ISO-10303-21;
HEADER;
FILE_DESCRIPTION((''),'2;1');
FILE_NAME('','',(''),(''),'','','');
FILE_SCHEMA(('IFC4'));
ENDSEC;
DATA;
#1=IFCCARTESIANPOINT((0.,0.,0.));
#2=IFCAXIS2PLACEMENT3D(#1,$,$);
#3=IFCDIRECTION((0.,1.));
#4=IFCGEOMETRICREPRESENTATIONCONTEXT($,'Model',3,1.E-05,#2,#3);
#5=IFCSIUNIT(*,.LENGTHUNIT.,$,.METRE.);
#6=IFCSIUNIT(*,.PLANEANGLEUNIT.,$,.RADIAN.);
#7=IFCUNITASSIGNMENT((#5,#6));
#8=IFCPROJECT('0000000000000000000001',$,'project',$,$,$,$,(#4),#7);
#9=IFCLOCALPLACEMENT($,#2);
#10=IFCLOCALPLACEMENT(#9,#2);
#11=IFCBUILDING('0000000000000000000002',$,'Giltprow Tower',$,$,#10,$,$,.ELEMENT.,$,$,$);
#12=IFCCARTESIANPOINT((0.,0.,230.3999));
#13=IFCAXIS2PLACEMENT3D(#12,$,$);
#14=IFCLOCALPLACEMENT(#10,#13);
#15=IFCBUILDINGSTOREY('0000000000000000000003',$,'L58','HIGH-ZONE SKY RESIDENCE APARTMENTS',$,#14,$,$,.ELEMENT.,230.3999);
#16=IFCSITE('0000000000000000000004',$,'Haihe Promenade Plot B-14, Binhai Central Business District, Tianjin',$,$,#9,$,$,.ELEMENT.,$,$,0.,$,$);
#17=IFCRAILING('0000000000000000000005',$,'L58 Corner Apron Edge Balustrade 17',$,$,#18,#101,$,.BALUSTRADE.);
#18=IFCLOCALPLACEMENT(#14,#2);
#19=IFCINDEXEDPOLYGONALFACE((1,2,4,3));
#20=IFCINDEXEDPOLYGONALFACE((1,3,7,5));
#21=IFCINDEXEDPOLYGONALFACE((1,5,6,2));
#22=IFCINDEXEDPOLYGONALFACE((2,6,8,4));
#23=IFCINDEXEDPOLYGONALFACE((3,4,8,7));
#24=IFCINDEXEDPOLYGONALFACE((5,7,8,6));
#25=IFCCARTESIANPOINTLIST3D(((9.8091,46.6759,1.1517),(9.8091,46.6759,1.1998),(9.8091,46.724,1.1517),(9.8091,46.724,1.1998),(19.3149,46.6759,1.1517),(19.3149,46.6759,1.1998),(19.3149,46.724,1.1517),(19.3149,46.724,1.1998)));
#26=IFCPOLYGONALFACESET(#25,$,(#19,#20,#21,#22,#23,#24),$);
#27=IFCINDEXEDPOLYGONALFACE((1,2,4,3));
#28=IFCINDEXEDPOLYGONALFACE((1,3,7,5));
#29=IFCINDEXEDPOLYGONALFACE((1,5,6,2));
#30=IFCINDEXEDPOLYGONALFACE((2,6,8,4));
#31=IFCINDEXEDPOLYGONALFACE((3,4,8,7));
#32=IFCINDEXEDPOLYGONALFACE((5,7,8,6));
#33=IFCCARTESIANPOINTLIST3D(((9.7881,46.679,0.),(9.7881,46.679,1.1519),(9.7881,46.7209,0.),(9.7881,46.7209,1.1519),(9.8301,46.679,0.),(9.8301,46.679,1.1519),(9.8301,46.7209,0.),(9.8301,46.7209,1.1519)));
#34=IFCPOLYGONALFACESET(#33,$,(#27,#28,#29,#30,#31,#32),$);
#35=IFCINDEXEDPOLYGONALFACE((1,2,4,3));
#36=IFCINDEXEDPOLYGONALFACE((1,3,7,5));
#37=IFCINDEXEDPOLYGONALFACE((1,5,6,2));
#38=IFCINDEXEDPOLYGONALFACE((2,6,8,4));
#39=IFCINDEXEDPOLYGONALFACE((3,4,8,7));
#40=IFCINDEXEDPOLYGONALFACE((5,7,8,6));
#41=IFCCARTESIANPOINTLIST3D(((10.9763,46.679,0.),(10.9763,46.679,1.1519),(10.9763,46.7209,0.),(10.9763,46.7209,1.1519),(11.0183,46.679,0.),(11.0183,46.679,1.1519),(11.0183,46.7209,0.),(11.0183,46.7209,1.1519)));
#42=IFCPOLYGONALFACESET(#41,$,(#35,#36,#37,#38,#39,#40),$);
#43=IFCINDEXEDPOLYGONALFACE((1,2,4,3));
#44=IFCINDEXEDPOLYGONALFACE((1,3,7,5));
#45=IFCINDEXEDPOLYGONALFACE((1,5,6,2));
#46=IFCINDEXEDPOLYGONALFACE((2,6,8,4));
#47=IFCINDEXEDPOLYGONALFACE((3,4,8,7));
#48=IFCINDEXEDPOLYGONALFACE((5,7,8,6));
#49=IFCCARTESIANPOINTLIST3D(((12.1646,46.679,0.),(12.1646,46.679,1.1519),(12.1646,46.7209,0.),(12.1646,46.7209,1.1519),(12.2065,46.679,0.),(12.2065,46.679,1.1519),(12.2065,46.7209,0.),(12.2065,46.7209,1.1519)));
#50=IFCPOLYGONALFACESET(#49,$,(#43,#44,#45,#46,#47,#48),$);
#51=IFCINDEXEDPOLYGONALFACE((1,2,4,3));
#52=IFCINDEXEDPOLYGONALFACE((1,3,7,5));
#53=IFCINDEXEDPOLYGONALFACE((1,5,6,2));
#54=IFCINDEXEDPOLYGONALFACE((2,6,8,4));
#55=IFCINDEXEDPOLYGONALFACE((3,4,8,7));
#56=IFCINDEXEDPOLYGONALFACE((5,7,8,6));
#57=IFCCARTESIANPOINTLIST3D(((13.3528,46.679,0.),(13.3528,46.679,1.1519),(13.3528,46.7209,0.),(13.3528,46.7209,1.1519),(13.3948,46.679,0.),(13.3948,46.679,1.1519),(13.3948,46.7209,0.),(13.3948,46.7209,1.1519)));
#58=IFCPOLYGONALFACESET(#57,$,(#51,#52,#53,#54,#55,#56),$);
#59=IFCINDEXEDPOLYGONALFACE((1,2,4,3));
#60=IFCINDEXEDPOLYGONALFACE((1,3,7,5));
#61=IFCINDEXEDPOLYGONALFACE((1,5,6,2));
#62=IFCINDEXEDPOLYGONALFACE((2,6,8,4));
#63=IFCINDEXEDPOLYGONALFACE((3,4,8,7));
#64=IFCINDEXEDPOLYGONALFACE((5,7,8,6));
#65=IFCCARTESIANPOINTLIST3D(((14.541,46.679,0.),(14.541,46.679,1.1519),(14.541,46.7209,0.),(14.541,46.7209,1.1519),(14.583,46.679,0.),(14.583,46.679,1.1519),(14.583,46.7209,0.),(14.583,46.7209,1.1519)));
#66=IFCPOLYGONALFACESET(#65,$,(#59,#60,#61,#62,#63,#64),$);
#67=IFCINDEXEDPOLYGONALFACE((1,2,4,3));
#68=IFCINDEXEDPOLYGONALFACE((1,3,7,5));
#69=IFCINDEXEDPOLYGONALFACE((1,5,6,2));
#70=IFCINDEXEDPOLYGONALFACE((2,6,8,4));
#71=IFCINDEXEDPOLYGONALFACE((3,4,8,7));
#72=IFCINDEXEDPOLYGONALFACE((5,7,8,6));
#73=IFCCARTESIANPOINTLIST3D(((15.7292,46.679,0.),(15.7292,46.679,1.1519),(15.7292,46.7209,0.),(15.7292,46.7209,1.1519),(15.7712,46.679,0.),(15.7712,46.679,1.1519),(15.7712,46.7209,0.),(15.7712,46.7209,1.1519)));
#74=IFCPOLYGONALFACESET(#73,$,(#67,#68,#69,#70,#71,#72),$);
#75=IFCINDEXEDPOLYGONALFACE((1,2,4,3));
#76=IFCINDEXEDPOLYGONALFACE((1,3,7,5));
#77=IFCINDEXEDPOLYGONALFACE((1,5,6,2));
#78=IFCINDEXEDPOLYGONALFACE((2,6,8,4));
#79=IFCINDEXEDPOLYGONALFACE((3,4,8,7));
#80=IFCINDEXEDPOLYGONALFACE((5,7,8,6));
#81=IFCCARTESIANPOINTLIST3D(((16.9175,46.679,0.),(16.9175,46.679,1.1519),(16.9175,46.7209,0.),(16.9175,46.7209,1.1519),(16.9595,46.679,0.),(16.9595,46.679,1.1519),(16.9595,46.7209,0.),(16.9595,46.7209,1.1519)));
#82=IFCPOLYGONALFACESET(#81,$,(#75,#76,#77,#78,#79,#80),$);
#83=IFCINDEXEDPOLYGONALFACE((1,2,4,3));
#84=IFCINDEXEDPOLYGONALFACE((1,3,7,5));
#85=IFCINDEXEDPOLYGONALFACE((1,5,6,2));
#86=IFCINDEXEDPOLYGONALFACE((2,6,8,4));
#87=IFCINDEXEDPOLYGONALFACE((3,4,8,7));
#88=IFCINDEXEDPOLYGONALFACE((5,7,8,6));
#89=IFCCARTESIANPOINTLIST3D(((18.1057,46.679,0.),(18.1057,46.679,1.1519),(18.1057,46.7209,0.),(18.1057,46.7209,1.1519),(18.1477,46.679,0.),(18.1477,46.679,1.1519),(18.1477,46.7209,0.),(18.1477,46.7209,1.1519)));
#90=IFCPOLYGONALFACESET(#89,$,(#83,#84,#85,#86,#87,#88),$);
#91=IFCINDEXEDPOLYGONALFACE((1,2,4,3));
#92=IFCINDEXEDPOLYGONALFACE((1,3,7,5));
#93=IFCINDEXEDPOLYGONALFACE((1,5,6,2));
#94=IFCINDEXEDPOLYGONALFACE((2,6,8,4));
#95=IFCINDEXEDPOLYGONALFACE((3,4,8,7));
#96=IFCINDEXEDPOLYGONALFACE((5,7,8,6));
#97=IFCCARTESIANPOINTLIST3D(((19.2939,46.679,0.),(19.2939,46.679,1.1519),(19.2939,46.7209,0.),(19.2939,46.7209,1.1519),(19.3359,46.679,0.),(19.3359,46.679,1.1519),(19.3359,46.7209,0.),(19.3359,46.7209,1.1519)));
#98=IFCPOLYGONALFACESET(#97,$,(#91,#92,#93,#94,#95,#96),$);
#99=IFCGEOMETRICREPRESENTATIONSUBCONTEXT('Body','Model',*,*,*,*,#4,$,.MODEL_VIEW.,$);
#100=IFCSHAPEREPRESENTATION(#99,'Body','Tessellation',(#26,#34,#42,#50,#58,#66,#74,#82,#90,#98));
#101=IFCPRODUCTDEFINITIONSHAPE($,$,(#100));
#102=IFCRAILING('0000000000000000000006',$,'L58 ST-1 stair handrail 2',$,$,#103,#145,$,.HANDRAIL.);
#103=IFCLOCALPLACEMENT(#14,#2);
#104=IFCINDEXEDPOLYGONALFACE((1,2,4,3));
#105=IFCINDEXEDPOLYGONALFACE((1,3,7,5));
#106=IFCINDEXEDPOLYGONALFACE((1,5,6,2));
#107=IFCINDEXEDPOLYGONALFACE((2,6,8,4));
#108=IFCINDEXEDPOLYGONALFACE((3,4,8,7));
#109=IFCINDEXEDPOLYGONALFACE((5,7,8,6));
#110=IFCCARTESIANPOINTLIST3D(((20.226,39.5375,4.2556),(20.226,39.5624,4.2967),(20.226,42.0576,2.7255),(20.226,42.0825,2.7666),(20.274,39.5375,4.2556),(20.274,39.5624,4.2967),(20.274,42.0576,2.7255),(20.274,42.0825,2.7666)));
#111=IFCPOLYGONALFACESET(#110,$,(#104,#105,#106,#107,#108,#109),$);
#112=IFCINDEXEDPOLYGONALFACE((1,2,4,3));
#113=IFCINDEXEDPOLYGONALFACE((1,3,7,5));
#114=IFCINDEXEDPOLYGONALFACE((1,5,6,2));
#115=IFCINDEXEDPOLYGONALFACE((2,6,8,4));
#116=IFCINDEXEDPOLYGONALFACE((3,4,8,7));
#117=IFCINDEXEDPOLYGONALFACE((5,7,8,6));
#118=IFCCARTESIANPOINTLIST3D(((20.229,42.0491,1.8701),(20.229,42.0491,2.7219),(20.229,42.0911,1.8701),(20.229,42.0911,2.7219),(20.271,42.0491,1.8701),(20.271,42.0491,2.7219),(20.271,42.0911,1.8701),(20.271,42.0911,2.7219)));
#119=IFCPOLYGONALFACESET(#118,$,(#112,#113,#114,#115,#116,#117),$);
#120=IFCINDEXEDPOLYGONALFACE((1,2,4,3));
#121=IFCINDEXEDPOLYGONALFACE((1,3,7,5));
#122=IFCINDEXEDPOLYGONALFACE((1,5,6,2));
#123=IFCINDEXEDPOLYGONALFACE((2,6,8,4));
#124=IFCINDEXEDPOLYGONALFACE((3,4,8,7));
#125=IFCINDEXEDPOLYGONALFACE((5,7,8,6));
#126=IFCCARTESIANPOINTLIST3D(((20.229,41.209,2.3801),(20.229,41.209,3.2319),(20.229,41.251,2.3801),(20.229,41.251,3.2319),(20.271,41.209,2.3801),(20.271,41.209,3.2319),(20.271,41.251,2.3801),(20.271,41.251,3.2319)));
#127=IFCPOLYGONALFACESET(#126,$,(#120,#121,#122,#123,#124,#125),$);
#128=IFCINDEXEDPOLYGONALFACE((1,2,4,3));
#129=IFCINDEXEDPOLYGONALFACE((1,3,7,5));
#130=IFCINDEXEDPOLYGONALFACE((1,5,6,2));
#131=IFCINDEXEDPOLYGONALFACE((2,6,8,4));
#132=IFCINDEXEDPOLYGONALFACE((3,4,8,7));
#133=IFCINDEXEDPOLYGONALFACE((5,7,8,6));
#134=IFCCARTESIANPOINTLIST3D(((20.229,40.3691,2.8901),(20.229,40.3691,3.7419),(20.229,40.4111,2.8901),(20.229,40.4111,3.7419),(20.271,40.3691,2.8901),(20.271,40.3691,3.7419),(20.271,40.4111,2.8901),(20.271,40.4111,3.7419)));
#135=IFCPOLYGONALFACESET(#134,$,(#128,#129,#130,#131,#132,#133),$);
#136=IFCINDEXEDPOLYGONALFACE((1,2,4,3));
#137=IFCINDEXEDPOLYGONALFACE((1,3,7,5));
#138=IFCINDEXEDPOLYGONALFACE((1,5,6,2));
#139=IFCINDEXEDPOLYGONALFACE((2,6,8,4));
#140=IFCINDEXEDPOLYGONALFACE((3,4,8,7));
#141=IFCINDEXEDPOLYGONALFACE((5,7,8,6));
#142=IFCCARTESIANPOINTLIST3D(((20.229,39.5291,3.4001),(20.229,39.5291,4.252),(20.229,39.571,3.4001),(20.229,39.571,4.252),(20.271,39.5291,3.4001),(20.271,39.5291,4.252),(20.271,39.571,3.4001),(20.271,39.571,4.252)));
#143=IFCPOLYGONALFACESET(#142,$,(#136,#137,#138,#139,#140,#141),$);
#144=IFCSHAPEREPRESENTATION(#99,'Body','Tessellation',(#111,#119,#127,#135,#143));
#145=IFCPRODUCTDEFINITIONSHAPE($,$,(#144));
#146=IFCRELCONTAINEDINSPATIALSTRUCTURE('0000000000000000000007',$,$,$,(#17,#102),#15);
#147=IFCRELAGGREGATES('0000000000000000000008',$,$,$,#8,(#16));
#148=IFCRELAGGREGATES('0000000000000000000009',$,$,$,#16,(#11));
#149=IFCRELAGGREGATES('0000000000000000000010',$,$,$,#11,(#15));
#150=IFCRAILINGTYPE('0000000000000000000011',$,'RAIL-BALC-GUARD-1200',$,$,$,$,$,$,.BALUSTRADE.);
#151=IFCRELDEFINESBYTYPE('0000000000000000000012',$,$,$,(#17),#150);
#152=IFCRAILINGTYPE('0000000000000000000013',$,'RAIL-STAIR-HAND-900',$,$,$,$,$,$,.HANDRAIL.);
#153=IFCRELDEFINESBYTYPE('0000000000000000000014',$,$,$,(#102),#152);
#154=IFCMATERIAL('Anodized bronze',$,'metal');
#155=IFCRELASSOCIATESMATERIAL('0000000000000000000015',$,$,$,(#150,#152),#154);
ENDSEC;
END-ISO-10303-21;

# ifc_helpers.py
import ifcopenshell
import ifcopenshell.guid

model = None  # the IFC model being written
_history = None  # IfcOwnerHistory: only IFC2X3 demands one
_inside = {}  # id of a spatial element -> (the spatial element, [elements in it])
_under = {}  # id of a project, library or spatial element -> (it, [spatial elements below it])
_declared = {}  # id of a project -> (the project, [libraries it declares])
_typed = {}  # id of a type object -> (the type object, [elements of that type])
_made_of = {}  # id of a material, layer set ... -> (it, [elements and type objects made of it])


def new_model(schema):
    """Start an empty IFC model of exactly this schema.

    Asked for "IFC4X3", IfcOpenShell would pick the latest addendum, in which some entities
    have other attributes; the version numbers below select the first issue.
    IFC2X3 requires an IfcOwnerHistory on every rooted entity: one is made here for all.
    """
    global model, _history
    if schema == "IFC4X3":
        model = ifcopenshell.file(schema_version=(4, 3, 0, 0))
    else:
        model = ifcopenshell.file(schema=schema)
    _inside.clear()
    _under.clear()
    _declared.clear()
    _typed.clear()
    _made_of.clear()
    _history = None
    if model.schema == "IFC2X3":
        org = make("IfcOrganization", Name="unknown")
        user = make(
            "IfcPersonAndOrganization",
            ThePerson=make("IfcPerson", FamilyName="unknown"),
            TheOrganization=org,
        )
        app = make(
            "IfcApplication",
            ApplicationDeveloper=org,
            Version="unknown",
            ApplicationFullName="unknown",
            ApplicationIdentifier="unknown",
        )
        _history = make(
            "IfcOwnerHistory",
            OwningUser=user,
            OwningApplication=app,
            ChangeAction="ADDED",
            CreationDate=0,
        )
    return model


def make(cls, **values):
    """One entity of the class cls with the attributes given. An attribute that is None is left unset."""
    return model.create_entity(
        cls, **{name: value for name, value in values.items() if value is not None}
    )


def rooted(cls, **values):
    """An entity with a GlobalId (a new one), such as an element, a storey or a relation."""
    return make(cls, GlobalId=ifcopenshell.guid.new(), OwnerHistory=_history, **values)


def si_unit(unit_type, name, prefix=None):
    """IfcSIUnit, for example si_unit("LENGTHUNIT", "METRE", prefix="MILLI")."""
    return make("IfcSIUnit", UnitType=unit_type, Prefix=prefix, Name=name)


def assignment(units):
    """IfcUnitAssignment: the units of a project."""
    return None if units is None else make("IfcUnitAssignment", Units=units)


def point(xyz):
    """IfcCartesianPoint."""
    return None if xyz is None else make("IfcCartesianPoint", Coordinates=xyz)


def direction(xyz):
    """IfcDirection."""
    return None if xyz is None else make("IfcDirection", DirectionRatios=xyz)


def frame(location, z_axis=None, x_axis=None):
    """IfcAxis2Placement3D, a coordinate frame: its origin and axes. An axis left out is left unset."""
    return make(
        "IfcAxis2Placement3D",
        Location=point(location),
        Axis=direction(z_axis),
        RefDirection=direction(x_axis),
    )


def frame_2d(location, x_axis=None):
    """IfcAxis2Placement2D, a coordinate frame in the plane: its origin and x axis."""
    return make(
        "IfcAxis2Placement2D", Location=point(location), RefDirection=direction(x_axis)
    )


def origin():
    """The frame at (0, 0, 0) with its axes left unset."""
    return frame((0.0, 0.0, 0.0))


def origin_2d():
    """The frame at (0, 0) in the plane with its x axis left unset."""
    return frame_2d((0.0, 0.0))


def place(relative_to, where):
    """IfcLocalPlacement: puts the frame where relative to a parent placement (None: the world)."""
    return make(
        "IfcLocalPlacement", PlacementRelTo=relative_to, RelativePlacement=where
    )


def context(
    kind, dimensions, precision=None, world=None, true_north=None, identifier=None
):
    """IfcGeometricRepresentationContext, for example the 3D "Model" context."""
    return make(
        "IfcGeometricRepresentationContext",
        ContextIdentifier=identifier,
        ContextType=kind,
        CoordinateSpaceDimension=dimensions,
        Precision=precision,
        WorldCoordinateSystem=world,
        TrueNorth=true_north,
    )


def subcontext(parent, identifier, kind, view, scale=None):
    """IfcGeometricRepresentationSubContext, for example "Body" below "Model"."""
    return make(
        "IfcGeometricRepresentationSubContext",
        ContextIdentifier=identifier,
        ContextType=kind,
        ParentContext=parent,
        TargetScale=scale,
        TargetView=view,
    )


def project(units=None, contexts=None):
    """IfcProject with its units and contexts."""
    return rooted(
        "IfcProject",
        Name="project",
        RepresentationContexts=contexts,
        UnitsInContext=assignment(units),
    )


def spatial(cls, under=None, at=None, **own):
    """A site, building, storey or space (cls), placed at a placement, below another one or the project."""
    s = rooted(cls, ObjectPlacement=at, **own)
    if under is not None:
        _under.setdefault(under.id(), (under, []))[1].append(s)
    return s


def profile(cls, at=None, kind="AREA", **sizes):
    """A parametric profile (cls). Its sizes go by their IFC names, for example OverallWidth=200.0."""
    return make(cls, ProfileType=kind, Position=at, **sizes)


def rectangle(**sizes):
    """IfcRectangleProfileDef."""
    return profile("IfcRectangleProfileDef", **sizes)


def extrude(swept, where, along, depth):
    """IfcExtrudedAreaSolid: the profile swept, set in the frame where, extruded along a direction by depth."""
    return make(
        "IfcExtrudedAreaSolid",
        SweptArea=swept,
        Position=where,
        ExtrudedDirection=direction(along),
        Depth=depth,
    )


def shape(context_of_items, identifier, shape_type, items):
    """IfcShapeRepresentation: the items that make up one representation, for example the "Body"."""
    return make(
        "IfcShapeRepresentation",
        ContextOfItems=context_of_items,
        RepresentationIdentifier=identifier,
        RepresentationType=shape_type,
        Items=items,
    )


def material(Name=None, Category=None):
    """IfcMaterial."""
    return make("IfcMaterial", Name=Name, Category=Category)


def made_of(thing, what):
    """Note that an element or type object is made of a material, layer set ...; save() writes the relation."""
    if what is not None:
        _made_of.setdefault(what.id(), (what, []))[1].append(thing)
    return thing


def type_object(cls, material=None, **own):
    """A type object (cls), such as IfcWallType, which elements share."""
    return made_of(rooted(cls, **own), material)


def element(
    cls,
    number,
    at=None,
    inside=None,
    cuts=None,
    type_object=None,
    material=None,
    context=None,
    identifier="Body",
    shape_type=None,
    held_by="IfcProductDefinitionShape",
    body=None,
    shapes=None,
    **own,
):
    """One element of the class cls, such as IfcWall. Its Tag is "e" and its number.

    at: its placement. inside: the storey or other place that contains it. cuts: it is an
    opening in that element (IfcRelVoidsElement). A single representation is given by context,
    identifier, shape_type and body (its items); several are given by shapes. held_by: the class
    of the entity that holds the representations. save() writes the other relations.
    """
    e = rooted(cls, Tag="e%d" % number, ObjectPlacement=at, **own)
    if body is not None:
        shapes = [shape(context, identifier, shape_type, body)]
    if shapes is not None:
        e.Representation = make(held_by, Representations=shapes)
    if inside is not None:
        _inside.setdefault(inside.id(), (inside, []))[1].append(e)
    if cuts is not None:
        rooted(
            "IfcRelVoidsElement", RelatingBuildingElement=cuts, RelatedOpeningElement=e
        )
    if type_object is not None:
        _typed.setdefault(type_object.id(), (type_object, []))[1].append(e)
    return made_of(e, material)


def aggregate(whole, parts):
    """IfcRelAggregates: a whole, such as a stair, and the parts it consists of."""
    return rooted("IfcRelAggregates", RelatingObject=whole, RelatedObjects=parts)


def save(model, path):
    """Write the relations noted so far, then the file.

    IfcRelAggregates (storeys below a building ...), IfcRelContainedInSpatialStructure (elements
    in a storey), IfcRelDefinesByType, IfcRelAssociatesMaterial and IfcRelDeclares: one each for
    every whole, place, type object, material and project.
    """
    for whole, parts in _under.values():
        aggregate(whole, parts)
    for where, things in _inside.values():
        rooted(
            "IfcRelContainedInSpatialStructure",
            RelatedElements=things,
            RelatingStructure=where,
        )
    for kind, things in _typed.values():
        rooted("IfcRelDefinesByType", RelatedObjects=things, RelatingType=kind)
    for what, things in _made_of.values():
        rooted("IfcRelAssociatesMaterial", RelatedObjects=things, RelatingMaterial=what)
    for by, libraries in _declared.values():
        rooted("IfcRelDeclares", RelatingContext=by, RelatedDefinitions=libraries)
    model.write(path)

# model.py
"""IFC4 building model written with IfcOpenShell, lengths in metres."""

from ifc_helpers import new_model, si_unit, direction, frame, origin, origin_2d, place, context, subcontext, project, spatial, rectangle, extrude, material, type_object, element, save


model = new_model("IFC4")

# Units and contexts
model_context = context("Model", 3, precision=1e-05, world=origin(), true_north=direction((0.0, 1.0)))
body_context = subcontext(model_context, "Body", "Model", "MODEL_VIEW")
ifc_project = project(units=[si_unit("LENGTHUNIT", "METRE"), si_unit("PLANEANGLEUNIT", "RADIAN")], contexts=[model_context])

# Site, building, storey
site_placement = place(None, origin())
site = spatial("IfcSite", under=ifc_project, at=site_placement, Name="Haihe Promenade Plot B-14, Binhai Central Business District, Tianjin", CompositionType="ELEMENT", RefElevation=0.0)
building_placement = place(site_placement, origin())
building = spatial("IfcBuilding", under=site, at=building_placement, Name="Giltprow Tower", CompositionType="ELEMENT")
storey_placement = place(building_placement, frame((0.0, 0.0, 230.3999)))
storey = spatial("IfcBuildingStorey", under=building, at=storey_placement, Name="L58", Description="HIGH-ZONE SKY RESIDENCE APARTMENTS", CompositionType="ELEMENT", Elevation=230.3999)

# Railings
ifc_material_1 = material(Name="Anodized bronze", Category="metal")
railing_type_1 = type_object("IfcRailingType", Name="RAIL-BALC-GUARD-1200", PredefinedType="BALUSTRADE", material=ifc_material_1)
railing_1_placement = place(storey_placement, frame((9.8091, 46.7, 0.0)))
element("IfcRailing", 1, at=railing_1_placement, inside=storey, type_object=railing_type_1, Name="L58 Corner Apron Edge Balustrade 17", PredefinedType="BALUSTRADE", context=body_context, shape_type="SweptSolid", body=[
    extrude(rectangle(XDim=0.0481, YDim=0.0481, at=origin_2d()), frame((0.0, 0.0, 1.1758), z_axis=(1.0, 0.0, 0.0), x_axis=(0.0, 1.0, 0.0)), (0.0, 0.0, 1.0), 9.5059),
    extrude(rectangle(XDim=0.042, YDim=0.042, at=origin_2d()), origin(), (0.0, 0.0, 1.0), 1.1519),
    extrude(rectangle(XDim=0.042, YDim=0.042, at=origin_2d()), frame((1.1882, 0.0, 0.0)), (0.0, 0.0, 1.0), 1.1519),
    extrude(rectangle(XDim=0.042, YDim=0.042, at=origin_2d()), frame((2.3765, 0.0, 0.0)), (0.0, 0.0, 1.0), 1.1519),
    extrude(rectangle(XDim=0.042, YDim=0.042, at=origin_2d()), frame((3.5647, 0.0, 0.0)), (0.0, 0.0, 1.0), 1.1519),
    extrude(rectangle(XDim=0.042, YDim=0.042, at=origin_2d()), frame((4.7529, 0.0, 0.0)), (0.0, 0.0, 1.0), 1.1519),
    extrude(rectangle(XDim=0.042, YDim=0.042, at=origin_2d()), frame((5.9412, 0.0, 0.0)), (0.0, 0.0, 1.0), 1.1519),
    extrude(rectangle(XDim=0.042, YDim=0.042, at=origin_2d()), frame((7.1294, 0.0, 0.0)), (0.0, 0.0, 1.0), 1.1519),
    extrude(rectangle(XDim=0.042, YDim=0.042, at=origin_2d()), frame((8.3176, 0.0, 0.0)), (0.0, 0.0, 1.0), 1.1519),
    extrude(rectangle(XDim=0.042, YDim=0.042, at=origin_2d()), frame((9.5059, 0.0, 0.0)), (0.0, 0.0, 1.0), 1.1519),
])
railing_type_2 = type_object("IfcRailingType", Name="RAIL-STAIR-HAND-900", PredefinedType="HANDRAIL", material=ifc_material_1)
railing_2_placement = place(storey_placement, frame((20.25, 42.0701, 1.8701)))
element("IfcRailing", 2, at=railing_2_placement, inside=storey, type_object=railing_type_2, Name="L58 ST-1 stair handrail 2", PredefinedType="HANDRAIL", context=body_context, shape_type="SweptSolid", body=[
    extrude(rectangle(XDim=0.0481, YDim=0.0481, at=origin_2d()), frame((0.0, 0.0, 0.876), z_axis=(0.0, -0.854785, 0.518982), x_axis=(1.0, 0.0, 0.0)), (0.0, 0.0, 1.0), 2.9482),
    extrude(rectangle(XDim=0.042, YDim=0.042, at=origin_2d()), origin(), (0.0, 0.0, 1.0), 0.8518),
    extrude(rectangle(XDim=0.042, YDim=0.042, at=origin_2d()), frame((0.0, -0.8401, 0.51)), (0.0, 0.0, 1.0), 0.8518),
    extrude(rectangle(XDim=0.042, YDim=0.042, at=origin_2d()), frame((0.0, -1.6799, 1.02)), (0.0, 0.0, 1.0), 0.8518),
    extrude(rectangle(XDim=0.042, YDim=0.042, at=origin_2d()), frame((0.0, -2.52, 1.53)), (0.0, 0.0, 1.0), 0.8518),
])

save(model, "model.ifc")
